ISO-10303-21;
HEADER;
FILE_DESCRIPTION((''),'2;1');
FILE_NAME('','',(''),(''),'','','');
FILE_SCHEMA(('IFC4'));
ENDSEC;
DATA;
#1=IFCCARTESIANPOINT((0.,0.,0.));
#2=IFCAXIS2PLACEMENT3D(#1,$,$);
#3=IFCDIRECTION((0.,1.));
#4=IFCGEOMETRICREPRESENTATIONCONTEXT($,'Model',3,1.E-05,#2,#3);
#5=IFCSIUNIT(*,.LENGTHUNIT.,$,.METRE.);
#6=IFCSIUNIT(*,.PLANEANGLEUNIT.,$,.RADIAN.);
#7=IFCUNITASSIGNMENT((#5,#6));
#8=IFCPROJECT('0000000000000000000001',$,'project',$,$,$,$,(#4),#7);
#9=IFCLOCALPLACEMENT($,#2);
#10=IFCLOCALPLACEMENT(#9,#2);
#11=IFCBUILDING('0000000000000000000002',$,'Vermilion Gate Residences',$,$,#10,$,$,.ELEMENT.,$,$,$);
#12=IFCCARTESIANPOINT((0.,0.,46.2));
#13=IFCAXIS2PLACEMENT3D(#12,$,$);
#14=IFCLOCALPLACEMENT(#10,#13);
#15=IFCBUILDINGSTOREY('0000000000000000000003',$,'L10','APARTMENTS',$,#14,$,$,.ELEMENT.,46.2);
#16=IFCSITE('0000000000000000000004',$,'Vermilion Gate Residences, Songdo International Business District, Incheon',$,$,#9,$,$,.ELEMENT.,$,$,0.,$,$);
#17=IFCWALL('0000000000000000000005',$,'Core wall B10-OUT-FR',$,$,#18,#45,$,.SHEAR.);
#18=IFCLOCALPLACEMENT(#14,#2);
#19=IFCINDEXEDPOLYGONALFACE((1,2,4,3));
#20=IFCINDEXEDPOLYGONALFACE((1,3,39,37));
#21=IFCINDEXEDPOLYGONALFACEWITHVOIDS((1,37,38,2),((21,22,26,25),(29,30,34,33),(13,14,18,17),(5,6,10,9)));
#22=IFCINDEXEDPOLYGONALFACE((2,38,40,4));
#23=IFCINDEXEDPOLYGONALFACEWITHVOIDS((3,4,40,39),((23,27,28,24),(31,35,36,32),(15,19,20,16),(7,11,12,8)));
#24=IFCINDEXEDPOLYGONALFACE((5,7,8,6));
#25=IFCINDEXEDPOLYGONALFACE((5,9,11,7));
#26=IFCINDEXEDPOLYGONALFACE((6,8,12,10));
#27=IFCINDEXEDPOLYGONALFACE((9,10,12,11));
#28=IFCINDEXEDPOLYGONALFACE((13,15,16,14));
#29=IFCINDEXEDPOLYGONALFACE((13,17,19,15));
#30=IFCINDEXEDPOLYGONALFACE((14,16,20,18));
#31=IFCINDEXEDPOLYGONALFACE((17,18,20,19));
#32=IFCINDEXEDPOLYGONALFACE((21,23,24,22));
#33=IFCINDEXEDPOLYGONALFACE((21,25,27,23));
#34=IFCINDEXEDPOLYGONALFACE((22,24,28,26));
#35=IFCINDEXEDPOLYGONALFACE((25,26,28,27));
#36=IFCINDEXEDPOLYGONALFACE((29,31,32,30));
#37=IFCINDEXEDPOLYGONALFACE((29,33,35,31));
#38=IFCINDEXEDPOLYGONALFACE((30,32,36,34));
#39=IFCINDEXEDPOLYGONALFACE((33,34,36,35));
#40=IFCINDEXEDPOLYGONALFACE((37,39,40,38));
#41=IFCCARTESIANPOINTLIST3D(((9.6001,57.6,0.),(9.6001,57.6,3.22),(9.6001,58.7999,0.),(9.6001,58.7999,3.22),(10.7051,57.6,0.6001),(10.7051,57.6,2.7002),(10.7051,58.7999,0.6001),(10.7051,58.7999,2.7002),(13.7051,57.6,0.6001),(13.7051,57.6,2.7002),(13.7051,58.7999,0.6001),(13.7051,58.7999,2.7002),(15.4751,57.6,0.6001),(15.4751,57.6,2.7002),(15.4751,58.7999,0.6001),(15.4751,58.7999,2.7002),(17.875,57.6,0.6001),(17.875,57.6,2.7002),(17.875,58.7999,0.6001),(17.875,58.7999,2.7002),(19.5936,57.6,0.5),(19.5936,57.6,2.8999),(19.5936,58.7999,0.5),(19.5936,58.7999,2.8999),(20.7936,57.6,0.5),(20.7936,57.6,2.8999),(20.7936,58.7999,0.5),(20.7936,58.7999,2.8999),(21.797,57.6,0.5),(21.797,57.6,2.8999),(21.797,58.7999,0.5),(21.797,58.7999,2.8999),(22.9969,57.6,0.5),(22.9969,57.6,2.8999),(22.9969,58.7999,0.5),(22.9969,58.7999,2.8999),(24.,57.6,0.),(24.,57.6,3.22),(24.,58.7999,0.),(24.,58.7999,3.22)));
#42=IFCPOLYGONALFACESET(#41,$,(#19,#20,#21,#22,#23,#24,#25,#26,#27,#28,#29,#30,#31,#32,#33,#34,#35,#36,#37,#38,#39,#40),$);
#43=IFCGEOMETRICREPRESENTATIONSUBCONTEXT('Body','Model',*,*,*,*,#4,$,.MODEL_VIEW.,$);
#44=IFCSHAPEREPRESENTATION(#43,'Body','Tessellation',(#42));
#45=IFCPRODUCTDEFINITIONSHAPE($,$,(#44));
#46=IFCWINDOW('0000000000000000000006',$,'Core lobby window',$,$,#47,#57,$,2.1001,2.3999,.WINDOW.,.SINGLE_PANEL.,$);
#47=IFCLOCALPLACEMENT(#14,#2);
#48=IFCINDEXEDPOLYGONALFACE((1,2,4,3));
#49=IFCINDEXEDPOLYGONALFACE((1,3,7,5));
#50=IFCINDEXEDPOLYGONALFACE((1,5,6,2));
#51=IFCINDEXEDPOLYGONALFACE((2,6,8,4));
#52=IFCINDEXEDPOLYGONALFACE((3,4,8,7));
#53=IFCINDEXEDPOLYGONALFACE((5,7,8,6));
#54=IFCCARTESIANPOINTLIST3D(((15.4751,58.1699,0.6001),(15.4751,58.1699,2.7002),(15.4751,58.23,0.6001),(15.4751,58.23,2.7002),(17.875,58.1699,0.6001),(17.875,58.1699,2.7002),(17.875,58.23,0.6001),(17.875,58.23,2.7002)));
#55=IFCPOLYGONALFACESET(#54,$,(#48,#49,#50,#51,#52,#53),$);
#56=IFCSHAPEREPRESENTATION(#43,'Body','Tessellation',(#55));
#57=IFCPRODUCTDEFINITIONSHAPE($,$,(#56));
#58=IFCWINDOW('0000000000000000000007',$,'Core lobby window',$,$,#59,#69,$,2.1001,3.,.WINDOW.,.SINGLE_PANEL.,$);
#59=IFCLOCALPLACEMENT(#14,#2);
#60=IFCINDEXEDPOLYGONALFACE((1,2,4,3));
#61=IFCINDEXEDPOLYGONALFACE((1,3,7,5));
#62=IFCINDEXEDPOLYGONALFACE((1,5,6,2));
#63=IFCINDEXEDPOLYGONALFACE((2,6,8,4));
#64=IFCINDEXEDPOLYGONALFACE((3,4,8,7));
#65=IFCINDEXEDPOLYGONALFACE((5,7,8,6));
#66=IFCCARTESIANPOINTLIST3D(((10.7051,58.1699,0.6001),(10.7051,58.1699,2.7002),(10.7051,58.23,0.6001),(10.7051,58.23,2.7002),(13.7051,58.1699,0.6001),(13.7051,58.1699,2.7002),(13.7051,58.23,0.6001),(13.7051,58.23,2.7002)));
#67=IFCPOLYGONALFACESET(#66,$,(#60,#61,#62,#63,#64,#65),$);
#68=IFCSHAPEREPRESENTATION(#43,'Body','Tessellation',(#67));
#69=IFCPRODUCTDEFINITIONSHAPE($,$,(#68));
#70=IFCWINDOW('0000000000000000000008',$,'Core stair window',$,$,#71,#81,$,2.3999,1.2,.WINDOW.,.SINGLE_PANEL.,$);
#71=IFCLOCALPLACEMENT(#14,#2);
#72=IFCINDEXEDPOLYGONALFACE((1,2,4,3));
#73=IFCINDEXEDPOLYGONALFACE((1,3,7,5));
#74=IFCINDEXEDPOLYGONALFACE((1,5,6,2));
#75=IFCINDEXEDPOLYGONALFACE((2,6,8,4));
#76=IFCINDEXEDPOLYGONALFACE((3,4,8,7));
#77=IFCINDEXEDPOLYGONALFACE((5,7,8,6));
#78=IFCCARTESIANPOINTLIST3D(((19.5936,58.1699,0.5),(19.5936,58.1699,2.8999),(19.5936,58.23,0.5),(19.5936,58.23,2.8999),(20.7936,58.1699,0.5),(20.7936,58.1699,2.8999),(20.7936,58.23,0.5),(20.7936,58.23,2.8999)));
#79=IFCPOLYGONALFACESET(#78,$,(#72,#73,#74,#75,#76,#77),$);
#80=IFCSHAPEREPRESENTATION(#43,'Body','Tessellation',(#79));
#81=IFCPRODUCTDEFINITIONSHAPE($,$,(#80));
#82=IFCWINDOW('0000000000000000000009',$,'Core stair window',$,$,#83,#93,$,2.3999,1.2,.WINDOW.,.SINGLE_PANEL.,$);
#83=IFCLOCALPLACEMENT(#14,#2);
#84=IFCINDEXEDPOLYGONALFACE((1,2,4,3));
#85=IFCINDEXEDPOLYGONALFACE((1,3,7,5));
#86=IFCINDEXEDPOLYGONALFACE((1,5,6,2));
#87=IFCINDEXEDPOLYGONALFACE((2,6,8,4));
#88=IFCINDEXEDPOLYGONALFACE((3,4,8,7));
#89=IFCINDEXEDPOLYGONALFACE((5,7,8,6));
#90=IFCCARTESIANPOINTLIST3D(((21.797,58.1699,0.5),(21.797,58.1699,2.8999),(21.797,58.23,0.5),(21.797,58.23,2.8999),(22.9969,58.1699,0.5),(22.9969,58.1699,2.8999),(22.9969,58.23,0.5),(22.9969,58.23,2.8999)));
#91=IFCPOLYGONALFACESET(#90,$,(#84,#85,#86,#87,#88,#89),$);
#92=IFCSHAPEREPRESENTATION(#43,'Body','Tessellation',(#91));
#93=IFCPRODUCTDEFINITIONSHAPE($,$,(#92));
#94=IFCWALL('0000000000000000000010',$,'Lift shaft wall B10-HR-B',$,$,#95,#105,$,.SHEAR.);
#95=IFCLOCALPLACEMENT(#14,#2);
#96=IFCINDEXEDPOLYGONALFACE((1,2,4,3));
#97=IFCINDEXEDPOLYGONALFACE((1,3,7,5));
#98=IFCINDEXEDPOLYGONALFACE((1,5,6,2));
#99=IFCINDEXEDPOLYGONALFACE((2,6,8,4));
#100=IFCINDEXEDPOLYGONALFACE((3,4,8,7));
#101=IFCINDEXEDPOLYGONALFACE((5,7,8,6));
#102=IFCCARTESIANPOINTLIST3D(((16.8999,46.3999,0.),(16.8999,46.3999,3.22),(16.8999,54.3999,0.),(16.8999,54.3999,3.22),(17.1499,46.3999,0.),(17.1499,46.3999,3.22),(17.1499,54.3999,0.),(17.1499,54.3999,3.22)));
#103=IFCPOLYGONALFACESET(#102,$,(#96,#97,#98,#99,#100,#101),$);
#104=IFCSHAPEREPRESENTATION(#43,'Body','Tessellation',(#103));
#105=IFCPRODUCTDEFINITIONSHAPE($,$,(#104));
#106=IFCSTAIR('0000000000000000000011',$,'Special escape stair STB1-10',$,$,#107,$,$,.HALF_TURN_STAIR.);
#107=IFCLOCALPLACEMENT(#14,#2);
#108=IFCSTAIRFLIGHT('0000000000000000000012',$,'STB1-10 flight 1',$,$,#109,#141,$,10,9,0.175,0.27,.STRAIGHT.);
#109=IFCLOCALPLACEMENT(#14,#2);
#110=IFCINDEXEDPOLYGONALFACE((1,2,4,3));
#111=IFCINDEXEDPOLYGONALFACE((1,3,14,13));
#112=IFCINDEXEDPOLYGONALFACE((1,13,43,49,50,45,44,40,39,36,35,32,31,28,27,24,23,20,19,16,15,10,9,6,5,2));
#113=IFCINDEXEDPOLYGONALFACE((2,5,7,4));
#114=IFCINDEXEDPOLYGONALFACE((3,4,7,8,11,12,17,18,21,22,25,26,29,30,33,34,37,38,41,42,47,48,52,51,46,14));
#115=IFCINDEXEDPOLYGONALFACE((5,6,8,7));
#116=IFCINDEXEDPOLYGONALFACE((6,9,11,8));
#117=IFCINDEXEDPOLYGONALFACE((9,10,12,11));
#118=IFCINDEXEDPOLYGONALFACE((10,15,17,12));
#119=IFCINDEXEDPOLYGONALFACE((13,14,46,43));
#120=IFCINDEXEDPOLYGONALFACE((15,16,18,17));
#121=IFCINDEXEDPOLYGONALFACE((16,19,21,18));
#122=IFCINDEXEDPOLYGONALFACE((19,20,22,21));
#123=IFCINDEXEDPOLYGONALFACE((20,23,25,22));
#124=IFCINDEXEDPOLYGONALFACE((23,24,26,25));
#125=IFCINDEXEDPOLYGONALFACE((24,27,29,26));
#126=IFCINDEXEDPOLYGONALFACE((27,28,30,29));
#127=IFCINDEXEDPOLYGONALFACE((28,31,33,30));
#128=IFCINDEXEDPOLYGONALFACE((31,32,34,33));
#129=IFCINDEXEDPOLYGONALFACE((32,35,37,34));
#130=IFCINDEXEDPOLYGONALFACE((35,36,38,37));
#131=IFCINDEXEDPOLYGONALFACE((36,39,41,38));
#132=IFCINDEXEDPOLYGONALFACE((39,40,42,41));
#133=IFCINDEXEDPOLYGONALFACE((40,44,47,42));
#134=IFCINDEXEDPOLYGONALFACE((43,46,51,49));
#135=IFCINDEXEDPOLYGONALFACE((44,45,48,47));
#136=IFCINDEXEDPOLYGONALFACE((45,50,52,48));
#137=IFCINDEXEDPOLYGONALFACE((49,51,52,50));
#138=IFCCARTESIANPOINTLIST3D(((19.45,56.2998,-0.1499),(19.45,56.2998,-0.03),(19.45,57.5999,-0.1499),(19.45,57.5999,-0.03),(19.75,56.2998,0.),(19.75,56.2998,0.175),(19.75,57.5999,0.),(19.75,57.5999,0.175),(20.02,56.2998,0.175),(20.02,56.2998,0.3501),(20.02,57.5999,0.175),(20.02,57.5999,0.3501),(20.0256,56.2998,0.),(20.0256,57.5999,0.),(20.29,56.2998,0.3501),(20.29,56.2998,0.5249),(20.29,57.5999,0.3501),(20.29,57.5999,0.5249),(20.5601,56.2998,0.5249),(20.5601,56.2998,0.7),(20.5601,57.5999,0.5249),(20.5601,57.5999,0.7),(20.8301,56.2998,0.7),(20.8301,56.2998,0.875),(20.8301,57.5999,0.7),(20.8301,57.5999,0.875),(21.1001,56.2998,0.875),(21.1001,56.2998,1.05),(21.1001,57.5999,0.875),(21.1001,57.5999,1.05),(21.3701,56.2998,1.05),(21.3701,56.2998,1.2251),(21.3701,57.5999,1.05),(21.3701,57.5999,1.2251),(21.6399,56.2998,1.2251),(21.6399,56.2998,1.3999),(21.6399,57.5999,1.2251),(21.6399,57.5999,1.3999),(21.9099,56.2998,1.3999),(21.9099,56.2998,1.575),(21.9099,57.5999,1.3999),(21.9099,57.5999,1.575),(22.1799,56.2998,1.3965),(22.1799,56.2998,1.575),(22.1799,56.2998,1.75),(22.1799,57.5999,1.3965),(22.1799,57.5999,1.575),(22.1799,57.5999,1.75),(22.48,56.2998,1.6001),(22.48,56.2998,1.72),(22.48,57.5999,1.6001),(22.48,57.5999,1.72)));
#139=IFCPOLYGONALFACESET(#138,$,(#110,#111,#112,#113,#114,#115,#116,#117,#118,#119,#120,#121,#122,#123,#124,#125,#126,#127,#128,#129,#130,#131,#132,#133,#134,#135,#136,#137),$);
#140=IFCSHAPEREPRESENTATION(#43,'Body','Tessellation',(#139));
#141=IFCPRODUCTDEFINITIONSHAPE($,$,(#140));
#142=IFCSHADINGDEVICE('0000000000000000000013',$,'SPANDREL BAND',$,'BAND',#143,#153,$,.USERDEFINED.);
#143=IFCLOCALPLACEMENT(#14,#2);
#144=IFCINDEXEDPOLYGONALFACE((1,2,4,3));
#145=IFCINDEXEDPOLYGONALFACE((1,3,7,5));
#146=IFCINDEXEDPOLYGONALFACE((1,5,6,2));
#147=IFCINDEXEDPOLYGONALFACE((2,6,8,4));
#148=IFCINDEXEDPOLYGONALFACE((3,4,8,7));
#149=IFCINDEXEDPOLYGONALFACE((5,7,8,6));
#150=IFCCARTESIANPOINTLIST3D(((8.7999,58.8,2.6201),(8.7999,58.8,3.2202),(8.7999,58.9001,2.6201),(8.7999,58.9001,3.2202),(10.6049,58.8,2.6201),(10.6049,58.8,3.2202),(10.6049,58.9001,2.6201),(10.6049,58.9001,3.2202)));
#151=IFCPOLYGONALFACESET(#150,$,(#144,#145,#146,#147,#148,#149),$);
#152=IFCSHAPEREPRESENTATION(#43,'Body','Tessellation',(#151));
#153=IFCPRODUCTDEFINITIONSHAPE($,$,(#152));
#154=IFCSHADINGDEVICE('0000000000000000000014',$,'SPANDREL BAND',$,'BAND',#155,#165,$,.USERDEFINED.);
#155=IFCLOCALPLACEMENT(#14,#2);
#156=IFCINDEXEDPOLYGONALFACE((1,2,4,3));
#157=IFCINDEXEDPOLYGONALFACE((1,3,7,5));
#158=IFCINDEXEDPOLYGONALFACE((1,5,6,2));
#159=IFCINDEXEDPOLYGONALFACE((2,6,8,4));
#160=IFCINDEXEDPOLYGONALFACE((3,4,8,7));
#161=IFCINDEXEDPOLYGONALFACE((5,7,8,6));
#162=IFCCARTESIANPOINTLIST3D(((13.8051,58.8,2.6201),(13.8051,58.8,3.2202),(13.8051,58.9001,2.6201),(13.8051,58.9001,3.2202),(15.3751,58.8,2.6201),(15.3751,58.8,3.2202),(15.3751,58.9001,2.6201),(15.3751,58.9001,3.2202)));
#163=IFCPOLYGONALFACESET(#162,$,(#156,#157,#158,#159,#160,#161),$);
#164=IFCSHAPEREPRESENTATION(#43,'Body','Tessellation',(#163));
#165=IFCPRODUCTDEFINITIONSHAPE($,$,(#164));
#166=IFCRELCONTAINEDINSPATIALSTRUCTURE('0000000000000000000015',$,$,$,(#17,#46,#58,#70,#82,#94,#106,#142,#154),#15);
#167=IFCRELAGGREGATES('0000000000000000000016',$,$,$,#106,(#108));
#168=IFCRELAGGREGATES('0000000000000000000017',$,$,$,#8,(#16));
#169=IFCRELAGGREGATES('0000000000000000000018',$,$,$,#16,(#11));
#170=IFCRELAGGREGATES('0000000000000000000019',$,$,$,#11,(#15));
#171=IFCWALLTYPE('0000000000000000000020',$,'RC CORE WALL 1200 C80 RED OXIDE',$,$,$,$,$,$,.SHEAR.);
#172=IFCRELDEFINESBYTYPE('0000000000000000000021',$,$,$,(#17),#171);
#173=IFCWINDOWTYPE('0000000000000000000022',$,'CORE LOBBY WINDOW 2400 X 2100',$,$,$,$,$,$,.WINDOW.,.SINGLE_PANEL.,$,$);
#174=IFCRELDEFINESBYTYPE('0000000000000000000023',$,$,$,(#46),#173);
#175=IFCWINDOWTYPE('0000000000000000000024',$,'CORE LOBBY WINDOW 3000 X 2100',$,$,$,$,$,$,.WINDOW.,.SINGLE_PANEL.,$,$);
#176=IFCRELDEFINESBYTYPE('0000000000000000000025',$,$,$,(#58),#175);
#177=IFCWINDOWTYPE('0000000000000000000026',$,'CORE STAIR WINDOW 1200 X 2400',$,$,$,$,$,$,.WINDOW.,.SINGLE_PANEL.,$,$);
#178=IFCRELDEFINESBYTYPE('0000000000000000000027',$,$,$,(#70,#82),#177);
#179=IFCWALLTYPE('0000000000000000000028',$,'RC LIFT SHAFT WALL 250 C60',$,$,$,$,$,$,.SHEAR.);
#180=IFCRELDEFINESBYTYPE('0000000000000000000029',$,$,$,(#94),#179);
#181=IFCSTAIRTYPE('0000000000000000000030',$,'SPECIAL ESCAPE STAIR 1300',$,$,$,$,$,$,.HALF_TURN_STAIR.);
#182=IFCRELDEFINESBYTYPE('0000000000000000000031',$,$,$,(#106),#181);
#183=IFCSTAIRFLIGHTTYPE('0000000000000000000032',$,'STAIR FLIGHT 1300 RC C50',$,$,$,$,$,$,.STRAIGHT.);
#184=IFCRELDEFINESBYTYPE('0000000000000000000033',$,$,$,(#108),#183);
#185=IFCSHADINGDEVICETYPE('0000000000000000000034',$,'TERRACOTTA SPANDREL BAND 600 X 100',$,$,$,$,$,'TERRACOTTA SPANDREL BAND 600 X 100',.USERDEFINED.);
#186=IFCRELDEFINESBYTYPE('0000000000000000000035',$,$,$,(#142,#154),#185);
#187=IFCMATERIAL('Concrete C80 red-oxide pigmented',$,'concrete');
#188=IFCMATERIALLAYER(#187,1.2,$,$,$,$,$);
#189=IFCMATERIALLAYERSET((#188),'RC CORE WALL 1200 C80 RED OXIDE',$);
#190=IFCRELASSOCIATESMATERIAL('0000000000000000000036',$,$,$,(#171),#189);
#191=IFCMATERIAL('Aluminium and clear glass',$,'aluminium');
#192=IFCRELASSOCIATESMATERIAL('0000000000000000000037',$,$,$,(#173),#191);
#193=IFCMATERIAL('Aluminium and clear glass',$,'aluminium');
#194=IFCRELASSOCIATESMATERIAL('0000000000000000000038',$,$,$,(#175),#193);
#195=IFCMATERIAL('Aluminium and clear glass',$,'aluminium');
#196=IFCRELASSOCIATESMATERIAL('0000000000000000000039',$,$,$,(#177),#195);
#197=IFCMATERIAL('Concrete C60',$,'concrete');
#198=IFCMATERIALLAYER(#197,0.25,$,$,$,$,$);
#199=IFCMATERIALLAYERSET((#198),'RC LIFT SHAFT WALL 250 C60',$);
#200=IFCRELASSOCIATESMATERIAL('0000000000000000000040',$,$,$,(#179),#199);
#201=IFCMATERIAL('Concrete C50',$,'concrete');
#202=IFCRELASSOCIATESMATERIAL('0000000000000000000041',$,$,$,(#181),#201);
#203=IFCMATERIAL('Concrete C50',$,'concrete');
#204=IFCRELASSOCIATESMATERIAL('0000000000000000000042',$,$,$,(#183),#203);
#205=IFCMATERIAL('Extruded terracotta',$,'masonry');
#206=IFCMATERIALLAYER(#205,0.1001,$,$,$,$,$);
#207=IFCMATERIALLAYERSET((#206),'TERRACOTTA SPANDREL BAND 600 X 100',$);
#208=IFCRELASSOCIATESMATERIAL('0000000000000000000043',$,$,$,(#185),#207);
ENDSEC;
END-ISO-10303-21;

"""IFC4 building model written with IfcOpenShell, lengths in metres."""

from ifc_helpers import new_model, si_unit, direction, frame, frame_2d, origin, origin_2d, place, context, subcontext, project, spatial, polyline, rectangle, outline, extrude, material, layer, layer_set, type_object, element, fill, aggregate, save


model = new_model("IFC4")

# Units and contexts
model_context = context("Model", 3, precision=1e-05, world=origin(), true_north=direction((0.0, 1.0)))
body_context = subcontext(model_context, "Body", "Model", "MODEL_VIEW")
ifc_project = project(units=[si_unit("LENGTHUNIT", "METRE"), si_unit("PLANEANGLEUNIT", "RADIAN")], contexts=[model_context])

# Site, building, storey
site_placement = place(None, origin())
site = spatial("IfcSite", under=ifc_project, at=site_placement, Name="Vermilion Gate Residences, Songdo International Business District, Incheon", CompositionType="ELEMENT", RefElevation=0.0)
building_placement = place(site_placement, origin())
building = spatial("IfcBuilding", under=site, at=building_placement, Name="Vermilion Gate Residences", CompositionType="ELEMENT")
storey_placement = place(building_placement, frame((0.0, 0.0, 46.2)))
storey = spatial("IfcBuildingStorey", under=building, at=storey_placement, Name="L10", Description="APARTMENTS", CompositionType="ELEMENT", Elevation=46.2)

# Wall, openings, windows
ifc_material_1 = material(Name="Concrete C80 red-oxide pigmented", Category="concrete")
ifc_layer_1 = layer(ifc_material_1, 1.2)
ifc_layer_set_1 = layer_set([ifc_layer_1], Name="RC CORE WALL 1200 C80 RED OXIDE")
wall_type_1 = type_object("IfcWallType", Name="RC CORE WALL 1200 C80 RED OXIDE", PredefinedType="SHEAR", material=ifc_layer_set_1)
wall_1_placement = place(storey_placement, frame((9.6001, 58.2, 0.0), z_axis=(0.0, 0.0, 1.0), x_axis=(1.0, 0.0, 0.0)))
wall_1 = element("IfcWall", 1, at=wall_1_placement, inside=storey, type_object=wall_type_1, Name="Core wall B10-OUT-FR", PredefinedType="SHEAR", context=body_context, shape_type="SweptSolid", body=[
    extrude(rectangle(XDim=14.3999, YDim=1.2, at=frame_2d((7.2, 0.0))), origin(), (0.0, 0.0, 1.0), 3.22),
])
opening_1_placement = place(wall_1_placement, frame((1.105, 0.0, 0.6001)))
opening_1 = element("IfcOpeningElement", 2, at=opening_1_placement, cuts=wall_1, PredefinedType="OPENING", context=body_context, shape_type="SweptSolid", body=[
    extrude(rectangle(XDim=3.0, YDim=2.1001, at=frame_2d((1.5, 1.05))), frame((0.0, 0.6099, 0.0), z_axis=(0.0, -1.0, 0.0), x_axis=(1.0, 0.0, 0.0)), (0.0, 0.0, 1.0), 1.22),
])
opening_2_placement = place(wall_1_placement, frame((5.875, 0.0, 0.6001)))
opening_2 = element("IfcOpeningElement", 3, at=opening_2_placement, cuts=wall_1, PredefinedType="OPENING", context=body_context, shape_type="SweptSolid", body=[
    extrude(rectangle(XDim=2.3999, YDim=2.1001, at=frame_2d((1.2, 1.05))), frame((0.0, 0.6099, 0.0), z_axis=(0.0, -1.0, 0.0), x_axis=(1.0, 0.0, 0.0)), (0.0, 0.0, 1.0), 1.22),
])
opening_3_placement = place(wall_1_placement, frame((9.9934, 0.0, 0.5)))
opening_3 = element("IfcOpeningElement", 4, at=opening_3_placement, cuts=wall_1, PredefinedType="OPENING", context=body_context, shape_type="SweptSolid", body=[
    extrude(rectangle(XDim=1.2, YDim=2.3999, at=frame_2d((0.6001, 1.2))), frame((0.0, 0.6099, 0.0), z_axis=(0.0, -1.0, 0.0), x_axis=(1.0, 0.0, 0.0)), (0.0, 0.0, 1.0), 1.22),
])
opening_4_placement = place(wall_1_placement, frame((12.1968, 0.0, 0.5)))
opening_4 = element("IfcOpeningElement", 5, at=opening_4_placement, cuts=wall_1, PredefinedType="OPENING", context=body_context, shape_type="SweptSolid", body=[
    extrude(rectangle(XDim=1.2, YDim=2.3999, at=frame_2d((0.6001, 1.2))), frame((0.0, 0.6099, 0.0), z_axis=(0.0, -1.0, 0.0), x_axis=(1.0, 0.0, 0.0)), (0.0, 0.0, 1.0), 1.22),
])
ifc_material_2 = material(Name="Aluminium and clear glass", Category="aluminium")
window_type_1 = type_object("IfcWindowType", Name="CORE LOBBY WINDOW 2400 X 2100", PartitioningType="SINGLE_PANEL", PredefinedType="WINDOW", material=ifc_material_2)
window_1_placement = place(opening_2_placement, origin())
window_1 = element("IfcWindow", 6, at=window_1_placement, inside=storey, type_object=window_type_1, Name="Core lobby window", OverallHeight=2.1001, OverallWidth=2.3999, PartitioningType="SINGLE_PANEL", PredefinedType="WINDOW", context=body_context, shape_type="SweptSolid", body=[
    extrude(rectangle(XDim=2.3999, YDim=2.1001, at=frame_2d((1.2, 1.05))), frame((0.0, 0.03, 0.0), z_axis=(0.0, -1.0, 0.0), x_axis=(1.0, 0.0, 0.0)), (0.0, 0.0, 1.0), 0.0601),
])
fill(opening_2, window_1)
ifc_material_3 = material(Name="Aluminium and clear glass", Category="aluminium")
window_type_2 = type_object("IfcWindowType", Name="CORE LOBBY WINDOW 3000 X 2100", PartitioningType="SINGLE_PANEL", PredefinedType="WINDOW", material=ifc_material_3)
window_2_placement = place(opening_1_placement, origin())
window_2 = element("IfcWindow", 7, at=window_2_placement, inside=storey, type_object=window_type_2, Name="Core lobby window", OverallHeight=2.1001, OverallWidth=3.0, PartitioningType="SINGLE_PANEL", PredefinedType="WINDOW", context=body_context, shape_type="SweptSolid", body=[
    extrude(rectangle(XDim=3.0, YDim=2.1001, at=frame_2d((1.5, 1.05))), frame((0.0, 0.03, 0.0), z_axis=(0.0, -1.0, 0.0), x_axis=(1.0, 0.0, 0.0)), (0.0, 0.0, 1.0), 0.0601),
])
fill(opening_1, window_2)
ifc_material_4 = material(Name="Aluminium and clear glass", Category="aluminium")
window_type_3 = type_object("IfcWindowType", Name="CORE STAIR WINDOW 1200 X 2400", PartitioningType="SINGLE_PANEL", PredefinedType="WINDOW", material=ifc_material_4)
window_3_placement = place(opening_3_placement, origin())
window_3 = element("IfcWindow", 8, at=window_3_placement, inside=storey, type_object=window_type_3, Name="Core stair window", OverallHeight=2.3999, OverallWidth=1.2, PartitioningType="SINGLE_PANEL", PredefinedType="WINDOW", context=body_context, shape_type="SweptSolid", body=[
    extrude(rectangle(XDim=1.2, YDim=2.3999, at=frame_2d((0.6001, 1.2))), frame((0.0, 0.03, 0.0), z_axis=(0.0, -1.0, 0.0), x_axis=(1.0, 0.0, 0.0)), (0.0, 0.0, 1.0), 0.0601),
])
fill(opening_3, window_3)
window_4_placement = place(opening_4_placement, origin())
window_4 = element("IfcWindow", 9, at=window_4_placement, inside=storey, type_object=window_type_3, Name="Core stair window", OverallHeight=2.3999, OverallWidth=1.2, PartitioningType="SINGLE_PANEL", PredefinedType="WINDOW", context=body_context, shape_type="SweptSolid", body=[
    extrude(rectangle(XDim=1.2, YDim=2.3999, at=frame_2d((0.6001, 1.2))), frame((0.0, 0.03, 0.0), z_axis=(0.0, -1.0, 0.0), x_axis=(1.0, 0.0, 0.0)), (0.0, 0.0, 1.0), 0.0601),
])
fill(opening_4, window_4)

# Wall
ifc_material_5 = material(Name="Concrete C60", Category="concrete")
ifc_layer_2 = layer(ifc_material_5, 0.25)
ifc_layer_set_2 = layer_set([ifc_layer_2], Name="RC LIFT SHAFT WALL 250 C60")
wall_type_2 = type_object("IfcWallType", Name="RC LIFT SHAFT WALL 250 C60", PredefinedType="SHEAR", material=ifc_layer_set_2)
wall_2_placement = place(storey_placement, frame((17.0249, 54.3999, 0.0), z_axis=(0.0, 0.0, 1.0), x_axis=(0.0, -1.0, 0.0)))
element("IfcWall", 10, at=wall_2_placement, inside=storey, type_object=wall_type_2, Name="Lift shaft wall B10-HR-B", PredefinedType="SHEAR", context=body_context, shape_type="SweptSolid", body=[
    extrude(rectangle(XDim=8.0, YDim=0.25, at=frame_2d((4.0, 0.0))), origin(), (0.0, 0.0, 1.0), 3.22),
])

# Stair, stair flight
ifc_material_6 = material(Name="Concrete C50", Category="concrete")
stair_type = type_object("IfcStairType", Name="SPECIAL ESCAPE STAIR 1300", PredefinedType="HALF_TURN_STAIR", material=ifc_material_6)
stair_placement = place(storey_placement, origin())
stair = element("IfcStair", 11, at=stair_placement, inside=storey, type_object=stair_type, Name="Special escape stair STB1-10", PredefinedType="HALF_TURN_STAIR")
ifc_material_7 = material(Name="Concrete C50", Category="concrete")
stair_flight_type = type_object("IfcStairFlightType", Name="STAIR FLIGHT 1300 RC C50", PredefinedType="STRAIGHT", material=ifc_material_7)
stair_flight_placement = place(storey_placement, frame((19.75, 56.95, 0.0), z_axis=(0.0, 0.0, 1.0), x_axis=(1.0, 0.0, 0.0)))
stair_flight = element("IfcStairFlight", 12, at=stair_flight_placement, type_object=stair_flight_type, Name="STB1-10 flight 1", NumberOfRisers=10, NumberOfTreads=9, PredefinedType="STRAIGHT", RiserHeight=0.175, TreadLength=0.27, context=body_context, shape_type="SweptSolid", body=[
    extrude(outline(polyline([(-0.3, -0.1499), (-0.3, -0.03), (0.0, 0.0), (0.0, 0.175), (0.27, 0.175), (0.27, 0.3501), (0.54, 0.3501), (0.54, 0.5249), (0.8101, 0.5249), (0.8101, 0.7), (1.0801, 0.7), (1.0801, 0.875), (1.3501, 0.875), (1.3501, 1.05), (1.6201, 1.05), (1.6201, 1.2251), (1.8899, 1.2251), (1.8899, 1.3999), (2.1599, 1.3999), (2.1599, 1.575), (2.4299, 1.575), (2.4299, 1.75), (2.73, 1.72), (2.73, 1.6001), (2.4299, 1.3965), (0.2756, 0.0), (-0.3, -0.1499)])), frame((0.0, 0.6499, 0.0), z_axis=(0.0, -1.0, 0.0), x_axis=(1.0, 0.0, 0.0)), (0.0, 0.0, 1.0), 1.3),
])
aggregate(stair, [stair_flight])

# Shading devices
ifc_material_8 = material(Name="Extruded terracotta", Category="masonry")
ifc_layer_3 = layer(ifc_material_8, 0.1001)
ifc_layer_set_3 = layer_set([ifc_layer_3], Name="TERRACOTTA SPANDREL BAND 600 X 100")
shading_device_type = type_object("IfcShadingDeviceType", Name="TERRACOTTA SPANDREL BAND 600 X 100", ElementType="TERRACOTTA SPANDREL BAND 600 X 100", PredefinedType="USERDEFINED", material=ifc_layer_set_3)
shading_device_1_placement = place(storey_placement, frame((9.7024, 58.8501, 2.6201), z_axis=(0.0, 0.0, 1.0), x_axis=(1.0, 0.0, 0.0)))
element("IfcShadingDevice", 13, at=shading_device_1_placement, inside=storey, type_object=shading_device_type, Name="SPANDREL BAND", ObjectType="BAND", PredefinedType="USERDEFINED", context=body_context, shape_type="SweptSolid", body=[
    extrude(rectangle(XDim=1.8049, YDim=0.1001, at=origin_2d()), origin(), (0.0, 0.0, 1.0), 0.6001),
])
shading_device_2_placement = place(storey_placement, frame((14.5901, 58.8501, 2.6201), z_axis=(0.0, 0.0, 1.0), x_axis=(1.0, 0.0, 0.0)))
element("IfcShadingDevice", 14, at=shading_device_2_placement, inside=storey, type_object=shading_device_type, Name="SPANDREL BAND", ObjectType="BAND", PredefinedType="USERDEFINED", context=body_context, shape_type="SweptSolid", body=[
    extrude(rectangle(XDim=1.5701, YDim=0.1001, at=origin_2d()), origin(), (0.0, 0.0, 1.0), 0.6001),
])

save(model, "model.ifc")
